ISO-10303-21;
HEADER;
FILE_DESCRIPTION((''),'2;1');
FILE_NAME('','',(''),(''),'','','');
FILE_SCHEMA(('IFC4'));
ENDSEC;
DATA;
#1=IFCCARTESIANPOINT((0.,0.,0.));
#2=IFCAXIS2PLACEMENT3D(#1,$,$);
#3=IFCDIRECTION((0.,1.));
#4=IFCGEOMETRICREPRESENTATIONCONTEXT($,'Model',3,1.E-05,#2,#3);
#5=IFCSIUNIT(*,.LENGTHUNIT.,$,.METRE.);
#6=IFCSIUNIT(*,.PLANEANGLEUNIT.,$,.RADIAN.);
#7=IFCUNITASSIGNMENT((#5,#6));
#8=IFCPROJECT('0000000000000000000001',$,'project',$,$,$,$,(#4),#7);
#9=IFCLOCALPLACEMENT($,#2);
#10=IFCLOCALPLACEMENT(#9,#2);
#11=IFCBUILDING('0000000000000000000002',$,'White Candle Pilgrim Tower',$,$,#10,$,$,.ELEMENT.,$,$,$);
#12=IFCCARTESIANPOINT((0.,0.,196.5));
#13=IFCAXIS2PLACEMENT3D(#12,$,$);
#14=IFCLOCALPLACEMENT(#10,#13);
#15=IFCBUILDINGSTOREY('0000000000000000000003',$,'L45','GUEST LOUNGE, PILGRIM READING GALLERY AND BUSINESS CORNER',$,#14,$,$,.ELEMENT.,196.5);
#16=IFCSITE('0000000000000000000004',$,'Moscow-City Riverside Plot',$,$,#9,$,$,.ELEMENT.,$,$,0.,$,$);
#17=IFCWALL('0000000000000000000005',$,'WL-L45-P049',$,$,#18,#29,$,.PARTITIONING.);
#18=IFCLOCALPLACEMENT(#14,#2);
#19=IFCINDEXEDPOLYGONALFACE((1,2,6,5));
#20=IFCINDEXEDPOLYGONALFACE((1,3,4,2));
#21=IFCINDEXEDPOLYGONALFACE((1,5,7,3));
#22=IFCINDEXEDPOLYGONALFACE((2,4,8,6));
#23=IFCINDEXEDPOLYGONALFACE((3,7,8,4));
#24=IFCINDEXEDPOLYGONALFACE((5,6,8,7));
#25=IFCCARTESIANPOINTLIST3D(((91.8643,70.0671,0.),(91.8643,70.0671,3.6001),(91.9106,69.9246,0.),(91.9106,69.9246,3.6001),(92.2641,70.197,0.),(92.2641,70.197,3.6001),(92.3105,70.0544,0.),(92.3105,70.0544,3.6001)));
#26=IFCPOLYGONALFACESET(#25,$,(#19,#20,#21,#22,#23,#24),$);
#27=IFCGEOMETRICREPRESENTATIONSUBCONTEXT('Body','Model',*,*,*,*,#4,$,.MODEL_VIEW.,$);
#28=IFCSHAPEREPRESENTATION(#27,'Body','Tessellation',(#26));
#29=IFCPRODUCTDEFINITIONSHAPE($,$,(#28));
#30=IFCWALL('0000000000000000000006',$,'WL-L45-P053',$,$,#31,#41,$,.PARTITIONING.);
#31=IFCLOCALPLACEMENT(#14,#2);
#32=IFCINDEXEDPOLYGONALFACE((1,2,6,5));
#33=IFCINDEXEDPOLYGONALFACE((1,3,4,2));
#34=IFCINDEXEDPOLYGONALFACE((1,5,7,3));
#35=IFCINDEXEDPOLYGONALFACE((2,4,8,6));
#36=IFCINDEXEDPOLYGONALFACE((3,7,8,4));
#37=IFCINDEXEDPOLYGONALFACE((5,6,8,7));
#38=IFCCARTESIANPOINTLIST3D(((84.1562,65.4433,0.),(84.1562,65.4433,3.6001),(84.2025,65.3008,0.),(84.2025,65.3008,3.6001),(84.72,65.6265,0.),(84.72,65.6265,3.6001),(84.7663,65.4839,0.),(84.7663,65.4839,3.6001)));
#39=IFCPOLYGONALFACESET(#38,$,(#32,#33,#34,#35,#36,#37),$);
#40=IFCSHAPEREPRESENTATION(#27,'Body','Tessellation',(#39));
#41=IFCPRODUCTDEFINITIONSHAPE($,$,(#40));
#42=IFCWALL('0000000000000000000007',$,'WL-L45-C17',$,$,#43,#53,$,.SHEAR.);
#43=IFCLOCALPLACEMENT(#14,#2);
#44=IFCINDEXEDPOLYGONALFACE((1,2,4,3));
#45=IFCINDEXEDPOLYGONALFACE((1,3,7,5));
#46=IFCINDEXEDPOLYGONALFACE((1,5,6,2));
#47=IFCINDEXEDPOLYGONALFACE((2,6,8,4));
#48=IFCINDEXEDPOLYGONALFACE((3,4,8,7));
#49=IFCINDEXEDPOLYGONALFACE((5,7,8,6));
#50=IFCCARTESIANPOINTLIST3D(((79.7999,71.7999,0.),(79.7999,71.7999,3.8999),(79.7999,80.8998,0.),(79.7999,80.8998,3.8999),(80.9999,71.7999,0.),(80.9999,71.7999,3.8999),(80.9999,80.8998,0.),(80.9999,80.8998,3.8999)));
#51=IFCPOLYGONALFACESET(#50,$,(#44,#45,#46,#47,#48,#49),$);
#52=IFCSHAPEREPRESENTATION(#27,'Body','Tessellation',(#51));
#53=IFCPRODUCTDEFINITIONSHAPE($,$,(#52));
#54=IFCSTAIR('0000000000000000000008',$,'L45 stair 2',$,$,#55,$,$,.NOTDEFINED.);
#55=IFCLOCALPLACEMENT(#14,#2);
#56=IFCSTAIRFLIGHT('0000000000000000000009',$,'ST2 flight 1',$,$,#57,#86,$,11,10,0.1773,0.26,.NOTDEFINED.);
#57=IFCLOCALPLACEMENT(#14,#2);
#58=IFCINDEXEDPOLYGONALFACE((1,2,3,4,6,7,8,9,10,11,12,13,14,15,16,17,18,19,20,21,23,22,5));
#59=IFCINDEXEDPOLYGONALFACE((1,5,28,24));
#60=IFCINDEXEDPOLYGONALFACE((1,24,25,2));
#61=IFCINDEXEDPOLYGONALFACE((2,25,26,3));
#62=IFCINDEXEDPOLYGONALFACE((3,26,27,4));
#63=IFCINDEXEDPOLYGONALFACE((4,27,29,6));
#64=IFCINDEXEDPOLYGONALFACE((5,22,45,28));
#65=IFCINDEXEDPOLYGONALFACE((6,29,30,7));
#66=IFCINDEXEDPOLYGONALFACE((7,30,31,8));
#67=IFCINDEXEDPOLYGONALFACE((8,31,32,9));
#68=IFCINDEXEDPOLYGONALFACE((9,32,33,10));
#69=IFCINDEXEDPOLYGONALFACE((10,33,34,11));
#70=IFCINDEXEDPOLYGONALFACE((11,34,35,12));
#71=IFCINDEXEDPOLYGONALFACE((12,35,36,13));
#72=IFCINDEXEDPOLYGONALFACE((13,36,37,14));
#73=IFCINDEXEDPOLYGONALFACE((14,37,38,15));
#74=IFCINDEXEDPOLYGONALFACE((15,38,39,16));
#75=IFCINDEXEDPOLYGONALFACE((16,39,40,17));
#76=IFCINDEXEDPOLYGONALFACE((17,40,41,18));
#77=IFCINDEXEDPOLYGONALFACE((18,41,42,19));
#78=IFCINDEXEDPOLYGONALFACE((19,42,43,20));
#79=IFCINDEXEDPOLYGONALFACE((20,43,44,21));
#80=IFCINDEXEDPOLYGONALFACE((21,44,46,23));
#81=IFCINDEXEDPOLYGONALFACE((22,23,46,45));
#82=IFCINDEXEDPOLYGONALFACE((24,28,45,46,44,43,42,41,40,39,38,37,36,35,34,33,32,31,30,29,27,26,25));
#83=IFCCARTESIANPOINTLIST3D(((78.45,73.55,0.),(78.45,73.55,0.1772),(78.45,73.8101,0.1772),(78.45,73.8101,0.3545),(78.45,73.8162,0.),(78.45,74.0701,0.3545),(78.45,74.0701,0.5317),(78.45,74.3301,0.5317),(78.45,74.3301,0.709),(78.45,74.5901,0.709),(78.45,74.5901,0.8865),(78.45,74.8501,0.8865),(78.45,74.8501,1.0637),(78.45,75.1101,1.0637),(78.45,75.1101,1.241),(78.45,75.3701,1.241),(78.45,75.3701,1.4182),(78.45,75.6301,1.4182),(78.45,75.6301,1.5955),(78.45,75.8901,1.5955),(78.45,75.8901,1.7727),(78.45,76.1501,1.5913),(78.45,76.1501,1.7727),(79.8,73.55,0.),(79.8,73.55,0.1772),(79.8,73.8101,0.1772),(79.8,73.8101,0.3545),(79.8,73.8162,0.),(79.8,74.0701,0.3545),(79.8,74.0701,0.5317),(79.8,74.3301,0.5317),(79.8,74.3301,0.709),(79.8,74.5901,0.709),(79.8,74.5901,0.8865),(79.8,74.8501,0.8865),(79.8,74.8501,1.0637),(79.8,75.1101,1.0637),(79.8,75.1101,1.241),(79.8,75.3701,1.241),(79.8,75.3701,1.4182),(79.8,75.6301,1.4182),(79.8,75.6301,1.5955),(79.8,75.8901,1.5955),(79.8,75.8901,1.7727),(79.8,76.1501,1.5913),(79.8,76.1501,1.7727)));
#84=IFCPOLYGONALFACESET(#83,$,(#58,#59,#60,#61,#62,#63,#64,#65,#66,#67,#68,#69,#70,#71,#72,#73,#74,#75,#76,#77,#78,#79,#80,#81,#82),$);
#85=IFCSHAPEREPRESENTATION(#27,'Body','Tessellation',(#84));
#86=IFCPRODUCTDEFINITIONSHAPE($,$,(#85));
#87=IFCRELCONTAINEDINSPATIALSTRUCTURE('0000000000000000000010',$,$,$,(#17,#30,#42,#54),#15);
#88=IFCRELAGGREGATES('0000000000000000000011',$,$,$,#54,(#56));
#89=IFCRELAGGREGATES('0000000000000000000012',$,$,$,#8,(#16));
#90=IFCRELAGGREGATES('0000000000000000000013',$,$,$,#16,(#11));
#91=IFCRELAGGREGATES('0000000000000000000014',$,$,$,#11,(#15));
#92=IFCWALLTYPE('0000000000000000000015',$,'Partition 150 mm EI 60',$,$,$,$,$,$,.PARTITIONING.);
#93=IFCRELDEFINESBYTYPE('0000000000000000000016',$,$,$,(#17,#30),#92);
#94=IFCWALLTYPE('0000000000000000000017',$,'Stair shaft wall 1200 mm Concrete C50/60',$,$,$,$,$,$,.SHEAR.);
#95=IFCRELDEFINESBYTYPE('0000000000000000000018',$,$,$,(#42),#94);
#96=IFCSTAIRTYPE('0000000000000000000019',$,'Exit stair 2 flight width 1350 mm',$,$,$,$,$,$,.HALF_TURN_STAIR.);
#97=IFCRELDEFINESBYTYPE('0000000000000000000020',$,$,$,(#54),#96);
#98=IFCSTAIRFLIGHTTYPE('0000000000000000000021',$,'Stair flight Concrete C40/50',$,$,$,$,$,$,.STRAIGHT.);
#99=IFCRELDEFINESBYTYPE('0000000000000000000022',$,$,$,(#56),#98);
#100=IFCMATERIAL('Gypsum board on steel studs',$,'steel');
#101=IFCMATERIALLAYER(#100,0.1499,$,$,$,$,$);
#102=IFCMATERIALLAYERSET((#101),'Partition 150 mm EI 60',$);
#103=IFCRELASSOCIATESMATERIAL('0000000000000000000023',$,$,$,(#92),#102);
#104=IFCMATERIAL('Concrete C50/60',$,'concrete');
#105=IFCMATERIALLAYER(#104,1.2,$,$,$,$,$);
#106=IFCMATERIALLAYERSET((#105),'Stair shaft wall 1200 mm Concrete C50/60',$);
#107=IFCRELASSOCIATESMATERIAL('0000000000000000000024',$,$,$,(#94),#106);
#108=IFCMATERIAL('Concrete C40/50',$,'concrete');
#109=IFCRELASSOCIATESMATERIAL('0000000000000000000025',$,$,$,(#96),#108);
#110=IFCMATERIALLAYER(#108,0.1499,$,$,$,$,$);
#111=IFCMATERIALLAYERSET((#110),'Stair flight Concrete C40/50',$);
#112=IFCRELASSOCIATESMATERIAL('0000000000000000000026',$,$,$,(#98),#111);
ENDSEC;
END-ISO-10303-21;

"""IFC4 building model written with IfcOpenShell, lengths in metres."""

from ifc_helpers import new_model, si_unit, direction, frame, frame_2d, origin, place, context, subcontext, project, spatial, polyline, rectangle, outline, extrude, material, layer, layer_set, type_object, element, aggregate, save


model = new_model("IFC4")

# Units and contexts
model_context = context("Model", 3, precision=1e-05, world=origin(), true_north=direction((0.0, 1.0)))
body_context = subcontext(model_context, "Body", "Model", "MODEL_VIEW")
ifc_project = project(units=[si_unit("LENGTHUNIT", "METRE"), si_unit("PLANEANGLEUNIT", "RADIAN")], contexts=[model_context])

# Site, building, storey
site_placement = place(None, origin())
site = spatial("IfcSite", under=ifc_project, at=site_placement, Name="Moscow-City Riverside Plot", CompositionType="ELEMENT", RefElevation=0.0)
building_placement = place(site_placement, origin())
building = spatial("IfcBuilding", under=site, at=building_placement, Name="White Candle Pilgrim Tower", CompositionType="ELEMENT")
storey_placement = place(building_placement, frame((0.0, 0.0, 196.5)))
storey = spatial("IfcBuildingStorey", under=building, at=storey_placement, Name="L45", Description="GUEST LOUNGE, PILGRIM READING GALLERY AND BUSINESS CORNER", CompositionType="ELEMENT", Elevation=196.5)

# Shared definitions
ifc_material_1 = material(Name="Concrete C50/60", Category="concrete")

# Walls
ifc_material_2 = material(Name="Gypsum board on steel studs", Category="steel")
ifc_layer_1 = layer(ifc_material_2, 0.1499)
ifc_layer_set_1 = layer_set([ifc_layer_1], Name="Partition 150 mm EI 60")
wall_type_1 = type_object("IfcWallType", Name="Partition 150 mm EI 60", PredefinedType="PARTITIONING", material=ifc_layer_set_1)
wall_1_placement = place(storey_placement, frame((91.8875, 69.9958, 0.0), z_axis=(0.0, 0.0, 1.0), x_axis=(0.951094, 0.308902, 0.0)))
element("IfcWall", 1, at=wall_1_placement, inside=storey, type_object=wall_type_1, Name="WL-L45-P049", PredefinedType="PARTITIONING", context=body_context, shape_type="SweptSolid", body=[
    extrude(rectangle(XDim=0.4204, YDim=0.1499, at=frame_2d((0.2102, 0.0))), origin(), (0.0, 0.0, 1.0), 3.6001),
])
wall_2_placement = place(storey_placement, frame((84.7432, 65.5552, 0.0), z_axis=(0.0, 0.0, 1.0), x_axis=(-0.951086, -0.308928, 0.0)))
element("IfcWall", 2, at=wall_2_placement, inside=storey, type_object=wall_type_1, Name="WL-L45-P053", PredefinedType="PARTITIONING", context=body_context, shape_type="SweptSolid", body=[
    extrude(rectangle(XDim=0.5928, YDim=0.1499, at=frame_2d((0.2964, 0.0))), origin(), (0.0, 0.0, 1.0), 3.6001),
])
ifc_layer_2 = layer(ifc_material_1, 1.2)
ifc_layer_set_2 = layer_set([ifc_layer_2], Name="Stair shaft wall 1200 mm Concrete C50/60")
wall_type_2 = type_object("IfcWallType", Name="Stair shaft wall 1200 mm Concrete C50/60", PredefinedType="SHEAR", material=ifc_layer_set_2)
wall_3_placement = place(storey_placement, frame((80.3999, 71.8, 0.0), z_axis=(0.0, 0.0, 1.0), x_axis=(0.0, 1.0, 0.0)))
element("IfcWall", 3, at=wall_3_placement, inside=storey, type_object=wall_type_2, Name="WL-L45-C17", PredefinedType="SHEAR", context=body_context, shape_type="SweptSolid", body=[
    extrude(rectangle(XDim=9.0999, YDim=1.2, at=frame_2d((4.5498, 0.0))), origin(), (0.0, 0.0, 1.0), 3.8999),
])

# Stair, stair flight
ifc_material_3 = material(Name="Concrete C40/50", Category="concrete")
stair_type = type_object("IfcStairType", Name="Exit stair 2 flight width 1350 mm", PredefinedType="HALF_TURN_STAIR", material=ifc_material_3)
stair_placement = place(storey_placement, origin())
stair = element("IfcStair", 4, at=stair_placement, inside=storey, type_object=stair_type, Name="L45 stair 2", PredefinedType="NOTDEFINED")
ifc_layer_3 = layer(ifc_material_3, 0.1499)
ifc_layer_set_3 = layer_set([ifc_layer_3], Name="Stair flight Concrete C40/50")
stair_flight_type = type_object("IfcStairFlightType", Name="Stair flight Concrete C40/50", PredefinedType="STRAIGHT", material=ifc_layer_set_3)
stair_flight_placement = place(storey_placement, frame((79.125, 73.55, 0.0), z_axis=(0.0, 0.0, 1.0), x_axis=(0.0, 1.0, 0.0)))
stair_flight = element("IfcStairFlight", 5, at=stair_flight_placement, type_object=stair_flight_type, Name="ST2 flight 1", NumberOfRisers=11, NumberOfTreads=10, PredefinedType="NOTDEFINED", RiserHeight=0.1773, TreadLength=0.26, context=body_context, shape_type="SweptSolid", body=[
    extrude(outline(polyline([(0.0, 0.0), (0.0, 0.1772), (0.26, 0.1772), (0.26, 0.3545), (0.52, 0.3545), (0.52, 0.5317), (0.78, 0.5317), (0.78, 0.709), (1.04, 0.709), (1.04, 0.8865), (1.3, 0.8865), (1.3, 1.0637), (1.5601, 1.0637), (1.5601, 1.241), (1.8201, 1.241), (1.8201, 1.4182), (2.0801, 1.4182), (2.0801, 1.5955), (2.3401, 1.5955), (2.3401, 1.7727), (2.6001, 1.7727), (2.6001, 1.95), (2.6001, 1.5913), (0.2661, 0.0), (0.0, 0.0)])), frame((0.0, 0.675, 0.0), z_axis=(0.0, -1.0, 0.0), x_axis=(1.0, 0.0, 0.0)), (0.0, 0.0, 1.0), 1.3501),
])
aggregate(stair, [stair_flight])

save(model, "model.ifc")
